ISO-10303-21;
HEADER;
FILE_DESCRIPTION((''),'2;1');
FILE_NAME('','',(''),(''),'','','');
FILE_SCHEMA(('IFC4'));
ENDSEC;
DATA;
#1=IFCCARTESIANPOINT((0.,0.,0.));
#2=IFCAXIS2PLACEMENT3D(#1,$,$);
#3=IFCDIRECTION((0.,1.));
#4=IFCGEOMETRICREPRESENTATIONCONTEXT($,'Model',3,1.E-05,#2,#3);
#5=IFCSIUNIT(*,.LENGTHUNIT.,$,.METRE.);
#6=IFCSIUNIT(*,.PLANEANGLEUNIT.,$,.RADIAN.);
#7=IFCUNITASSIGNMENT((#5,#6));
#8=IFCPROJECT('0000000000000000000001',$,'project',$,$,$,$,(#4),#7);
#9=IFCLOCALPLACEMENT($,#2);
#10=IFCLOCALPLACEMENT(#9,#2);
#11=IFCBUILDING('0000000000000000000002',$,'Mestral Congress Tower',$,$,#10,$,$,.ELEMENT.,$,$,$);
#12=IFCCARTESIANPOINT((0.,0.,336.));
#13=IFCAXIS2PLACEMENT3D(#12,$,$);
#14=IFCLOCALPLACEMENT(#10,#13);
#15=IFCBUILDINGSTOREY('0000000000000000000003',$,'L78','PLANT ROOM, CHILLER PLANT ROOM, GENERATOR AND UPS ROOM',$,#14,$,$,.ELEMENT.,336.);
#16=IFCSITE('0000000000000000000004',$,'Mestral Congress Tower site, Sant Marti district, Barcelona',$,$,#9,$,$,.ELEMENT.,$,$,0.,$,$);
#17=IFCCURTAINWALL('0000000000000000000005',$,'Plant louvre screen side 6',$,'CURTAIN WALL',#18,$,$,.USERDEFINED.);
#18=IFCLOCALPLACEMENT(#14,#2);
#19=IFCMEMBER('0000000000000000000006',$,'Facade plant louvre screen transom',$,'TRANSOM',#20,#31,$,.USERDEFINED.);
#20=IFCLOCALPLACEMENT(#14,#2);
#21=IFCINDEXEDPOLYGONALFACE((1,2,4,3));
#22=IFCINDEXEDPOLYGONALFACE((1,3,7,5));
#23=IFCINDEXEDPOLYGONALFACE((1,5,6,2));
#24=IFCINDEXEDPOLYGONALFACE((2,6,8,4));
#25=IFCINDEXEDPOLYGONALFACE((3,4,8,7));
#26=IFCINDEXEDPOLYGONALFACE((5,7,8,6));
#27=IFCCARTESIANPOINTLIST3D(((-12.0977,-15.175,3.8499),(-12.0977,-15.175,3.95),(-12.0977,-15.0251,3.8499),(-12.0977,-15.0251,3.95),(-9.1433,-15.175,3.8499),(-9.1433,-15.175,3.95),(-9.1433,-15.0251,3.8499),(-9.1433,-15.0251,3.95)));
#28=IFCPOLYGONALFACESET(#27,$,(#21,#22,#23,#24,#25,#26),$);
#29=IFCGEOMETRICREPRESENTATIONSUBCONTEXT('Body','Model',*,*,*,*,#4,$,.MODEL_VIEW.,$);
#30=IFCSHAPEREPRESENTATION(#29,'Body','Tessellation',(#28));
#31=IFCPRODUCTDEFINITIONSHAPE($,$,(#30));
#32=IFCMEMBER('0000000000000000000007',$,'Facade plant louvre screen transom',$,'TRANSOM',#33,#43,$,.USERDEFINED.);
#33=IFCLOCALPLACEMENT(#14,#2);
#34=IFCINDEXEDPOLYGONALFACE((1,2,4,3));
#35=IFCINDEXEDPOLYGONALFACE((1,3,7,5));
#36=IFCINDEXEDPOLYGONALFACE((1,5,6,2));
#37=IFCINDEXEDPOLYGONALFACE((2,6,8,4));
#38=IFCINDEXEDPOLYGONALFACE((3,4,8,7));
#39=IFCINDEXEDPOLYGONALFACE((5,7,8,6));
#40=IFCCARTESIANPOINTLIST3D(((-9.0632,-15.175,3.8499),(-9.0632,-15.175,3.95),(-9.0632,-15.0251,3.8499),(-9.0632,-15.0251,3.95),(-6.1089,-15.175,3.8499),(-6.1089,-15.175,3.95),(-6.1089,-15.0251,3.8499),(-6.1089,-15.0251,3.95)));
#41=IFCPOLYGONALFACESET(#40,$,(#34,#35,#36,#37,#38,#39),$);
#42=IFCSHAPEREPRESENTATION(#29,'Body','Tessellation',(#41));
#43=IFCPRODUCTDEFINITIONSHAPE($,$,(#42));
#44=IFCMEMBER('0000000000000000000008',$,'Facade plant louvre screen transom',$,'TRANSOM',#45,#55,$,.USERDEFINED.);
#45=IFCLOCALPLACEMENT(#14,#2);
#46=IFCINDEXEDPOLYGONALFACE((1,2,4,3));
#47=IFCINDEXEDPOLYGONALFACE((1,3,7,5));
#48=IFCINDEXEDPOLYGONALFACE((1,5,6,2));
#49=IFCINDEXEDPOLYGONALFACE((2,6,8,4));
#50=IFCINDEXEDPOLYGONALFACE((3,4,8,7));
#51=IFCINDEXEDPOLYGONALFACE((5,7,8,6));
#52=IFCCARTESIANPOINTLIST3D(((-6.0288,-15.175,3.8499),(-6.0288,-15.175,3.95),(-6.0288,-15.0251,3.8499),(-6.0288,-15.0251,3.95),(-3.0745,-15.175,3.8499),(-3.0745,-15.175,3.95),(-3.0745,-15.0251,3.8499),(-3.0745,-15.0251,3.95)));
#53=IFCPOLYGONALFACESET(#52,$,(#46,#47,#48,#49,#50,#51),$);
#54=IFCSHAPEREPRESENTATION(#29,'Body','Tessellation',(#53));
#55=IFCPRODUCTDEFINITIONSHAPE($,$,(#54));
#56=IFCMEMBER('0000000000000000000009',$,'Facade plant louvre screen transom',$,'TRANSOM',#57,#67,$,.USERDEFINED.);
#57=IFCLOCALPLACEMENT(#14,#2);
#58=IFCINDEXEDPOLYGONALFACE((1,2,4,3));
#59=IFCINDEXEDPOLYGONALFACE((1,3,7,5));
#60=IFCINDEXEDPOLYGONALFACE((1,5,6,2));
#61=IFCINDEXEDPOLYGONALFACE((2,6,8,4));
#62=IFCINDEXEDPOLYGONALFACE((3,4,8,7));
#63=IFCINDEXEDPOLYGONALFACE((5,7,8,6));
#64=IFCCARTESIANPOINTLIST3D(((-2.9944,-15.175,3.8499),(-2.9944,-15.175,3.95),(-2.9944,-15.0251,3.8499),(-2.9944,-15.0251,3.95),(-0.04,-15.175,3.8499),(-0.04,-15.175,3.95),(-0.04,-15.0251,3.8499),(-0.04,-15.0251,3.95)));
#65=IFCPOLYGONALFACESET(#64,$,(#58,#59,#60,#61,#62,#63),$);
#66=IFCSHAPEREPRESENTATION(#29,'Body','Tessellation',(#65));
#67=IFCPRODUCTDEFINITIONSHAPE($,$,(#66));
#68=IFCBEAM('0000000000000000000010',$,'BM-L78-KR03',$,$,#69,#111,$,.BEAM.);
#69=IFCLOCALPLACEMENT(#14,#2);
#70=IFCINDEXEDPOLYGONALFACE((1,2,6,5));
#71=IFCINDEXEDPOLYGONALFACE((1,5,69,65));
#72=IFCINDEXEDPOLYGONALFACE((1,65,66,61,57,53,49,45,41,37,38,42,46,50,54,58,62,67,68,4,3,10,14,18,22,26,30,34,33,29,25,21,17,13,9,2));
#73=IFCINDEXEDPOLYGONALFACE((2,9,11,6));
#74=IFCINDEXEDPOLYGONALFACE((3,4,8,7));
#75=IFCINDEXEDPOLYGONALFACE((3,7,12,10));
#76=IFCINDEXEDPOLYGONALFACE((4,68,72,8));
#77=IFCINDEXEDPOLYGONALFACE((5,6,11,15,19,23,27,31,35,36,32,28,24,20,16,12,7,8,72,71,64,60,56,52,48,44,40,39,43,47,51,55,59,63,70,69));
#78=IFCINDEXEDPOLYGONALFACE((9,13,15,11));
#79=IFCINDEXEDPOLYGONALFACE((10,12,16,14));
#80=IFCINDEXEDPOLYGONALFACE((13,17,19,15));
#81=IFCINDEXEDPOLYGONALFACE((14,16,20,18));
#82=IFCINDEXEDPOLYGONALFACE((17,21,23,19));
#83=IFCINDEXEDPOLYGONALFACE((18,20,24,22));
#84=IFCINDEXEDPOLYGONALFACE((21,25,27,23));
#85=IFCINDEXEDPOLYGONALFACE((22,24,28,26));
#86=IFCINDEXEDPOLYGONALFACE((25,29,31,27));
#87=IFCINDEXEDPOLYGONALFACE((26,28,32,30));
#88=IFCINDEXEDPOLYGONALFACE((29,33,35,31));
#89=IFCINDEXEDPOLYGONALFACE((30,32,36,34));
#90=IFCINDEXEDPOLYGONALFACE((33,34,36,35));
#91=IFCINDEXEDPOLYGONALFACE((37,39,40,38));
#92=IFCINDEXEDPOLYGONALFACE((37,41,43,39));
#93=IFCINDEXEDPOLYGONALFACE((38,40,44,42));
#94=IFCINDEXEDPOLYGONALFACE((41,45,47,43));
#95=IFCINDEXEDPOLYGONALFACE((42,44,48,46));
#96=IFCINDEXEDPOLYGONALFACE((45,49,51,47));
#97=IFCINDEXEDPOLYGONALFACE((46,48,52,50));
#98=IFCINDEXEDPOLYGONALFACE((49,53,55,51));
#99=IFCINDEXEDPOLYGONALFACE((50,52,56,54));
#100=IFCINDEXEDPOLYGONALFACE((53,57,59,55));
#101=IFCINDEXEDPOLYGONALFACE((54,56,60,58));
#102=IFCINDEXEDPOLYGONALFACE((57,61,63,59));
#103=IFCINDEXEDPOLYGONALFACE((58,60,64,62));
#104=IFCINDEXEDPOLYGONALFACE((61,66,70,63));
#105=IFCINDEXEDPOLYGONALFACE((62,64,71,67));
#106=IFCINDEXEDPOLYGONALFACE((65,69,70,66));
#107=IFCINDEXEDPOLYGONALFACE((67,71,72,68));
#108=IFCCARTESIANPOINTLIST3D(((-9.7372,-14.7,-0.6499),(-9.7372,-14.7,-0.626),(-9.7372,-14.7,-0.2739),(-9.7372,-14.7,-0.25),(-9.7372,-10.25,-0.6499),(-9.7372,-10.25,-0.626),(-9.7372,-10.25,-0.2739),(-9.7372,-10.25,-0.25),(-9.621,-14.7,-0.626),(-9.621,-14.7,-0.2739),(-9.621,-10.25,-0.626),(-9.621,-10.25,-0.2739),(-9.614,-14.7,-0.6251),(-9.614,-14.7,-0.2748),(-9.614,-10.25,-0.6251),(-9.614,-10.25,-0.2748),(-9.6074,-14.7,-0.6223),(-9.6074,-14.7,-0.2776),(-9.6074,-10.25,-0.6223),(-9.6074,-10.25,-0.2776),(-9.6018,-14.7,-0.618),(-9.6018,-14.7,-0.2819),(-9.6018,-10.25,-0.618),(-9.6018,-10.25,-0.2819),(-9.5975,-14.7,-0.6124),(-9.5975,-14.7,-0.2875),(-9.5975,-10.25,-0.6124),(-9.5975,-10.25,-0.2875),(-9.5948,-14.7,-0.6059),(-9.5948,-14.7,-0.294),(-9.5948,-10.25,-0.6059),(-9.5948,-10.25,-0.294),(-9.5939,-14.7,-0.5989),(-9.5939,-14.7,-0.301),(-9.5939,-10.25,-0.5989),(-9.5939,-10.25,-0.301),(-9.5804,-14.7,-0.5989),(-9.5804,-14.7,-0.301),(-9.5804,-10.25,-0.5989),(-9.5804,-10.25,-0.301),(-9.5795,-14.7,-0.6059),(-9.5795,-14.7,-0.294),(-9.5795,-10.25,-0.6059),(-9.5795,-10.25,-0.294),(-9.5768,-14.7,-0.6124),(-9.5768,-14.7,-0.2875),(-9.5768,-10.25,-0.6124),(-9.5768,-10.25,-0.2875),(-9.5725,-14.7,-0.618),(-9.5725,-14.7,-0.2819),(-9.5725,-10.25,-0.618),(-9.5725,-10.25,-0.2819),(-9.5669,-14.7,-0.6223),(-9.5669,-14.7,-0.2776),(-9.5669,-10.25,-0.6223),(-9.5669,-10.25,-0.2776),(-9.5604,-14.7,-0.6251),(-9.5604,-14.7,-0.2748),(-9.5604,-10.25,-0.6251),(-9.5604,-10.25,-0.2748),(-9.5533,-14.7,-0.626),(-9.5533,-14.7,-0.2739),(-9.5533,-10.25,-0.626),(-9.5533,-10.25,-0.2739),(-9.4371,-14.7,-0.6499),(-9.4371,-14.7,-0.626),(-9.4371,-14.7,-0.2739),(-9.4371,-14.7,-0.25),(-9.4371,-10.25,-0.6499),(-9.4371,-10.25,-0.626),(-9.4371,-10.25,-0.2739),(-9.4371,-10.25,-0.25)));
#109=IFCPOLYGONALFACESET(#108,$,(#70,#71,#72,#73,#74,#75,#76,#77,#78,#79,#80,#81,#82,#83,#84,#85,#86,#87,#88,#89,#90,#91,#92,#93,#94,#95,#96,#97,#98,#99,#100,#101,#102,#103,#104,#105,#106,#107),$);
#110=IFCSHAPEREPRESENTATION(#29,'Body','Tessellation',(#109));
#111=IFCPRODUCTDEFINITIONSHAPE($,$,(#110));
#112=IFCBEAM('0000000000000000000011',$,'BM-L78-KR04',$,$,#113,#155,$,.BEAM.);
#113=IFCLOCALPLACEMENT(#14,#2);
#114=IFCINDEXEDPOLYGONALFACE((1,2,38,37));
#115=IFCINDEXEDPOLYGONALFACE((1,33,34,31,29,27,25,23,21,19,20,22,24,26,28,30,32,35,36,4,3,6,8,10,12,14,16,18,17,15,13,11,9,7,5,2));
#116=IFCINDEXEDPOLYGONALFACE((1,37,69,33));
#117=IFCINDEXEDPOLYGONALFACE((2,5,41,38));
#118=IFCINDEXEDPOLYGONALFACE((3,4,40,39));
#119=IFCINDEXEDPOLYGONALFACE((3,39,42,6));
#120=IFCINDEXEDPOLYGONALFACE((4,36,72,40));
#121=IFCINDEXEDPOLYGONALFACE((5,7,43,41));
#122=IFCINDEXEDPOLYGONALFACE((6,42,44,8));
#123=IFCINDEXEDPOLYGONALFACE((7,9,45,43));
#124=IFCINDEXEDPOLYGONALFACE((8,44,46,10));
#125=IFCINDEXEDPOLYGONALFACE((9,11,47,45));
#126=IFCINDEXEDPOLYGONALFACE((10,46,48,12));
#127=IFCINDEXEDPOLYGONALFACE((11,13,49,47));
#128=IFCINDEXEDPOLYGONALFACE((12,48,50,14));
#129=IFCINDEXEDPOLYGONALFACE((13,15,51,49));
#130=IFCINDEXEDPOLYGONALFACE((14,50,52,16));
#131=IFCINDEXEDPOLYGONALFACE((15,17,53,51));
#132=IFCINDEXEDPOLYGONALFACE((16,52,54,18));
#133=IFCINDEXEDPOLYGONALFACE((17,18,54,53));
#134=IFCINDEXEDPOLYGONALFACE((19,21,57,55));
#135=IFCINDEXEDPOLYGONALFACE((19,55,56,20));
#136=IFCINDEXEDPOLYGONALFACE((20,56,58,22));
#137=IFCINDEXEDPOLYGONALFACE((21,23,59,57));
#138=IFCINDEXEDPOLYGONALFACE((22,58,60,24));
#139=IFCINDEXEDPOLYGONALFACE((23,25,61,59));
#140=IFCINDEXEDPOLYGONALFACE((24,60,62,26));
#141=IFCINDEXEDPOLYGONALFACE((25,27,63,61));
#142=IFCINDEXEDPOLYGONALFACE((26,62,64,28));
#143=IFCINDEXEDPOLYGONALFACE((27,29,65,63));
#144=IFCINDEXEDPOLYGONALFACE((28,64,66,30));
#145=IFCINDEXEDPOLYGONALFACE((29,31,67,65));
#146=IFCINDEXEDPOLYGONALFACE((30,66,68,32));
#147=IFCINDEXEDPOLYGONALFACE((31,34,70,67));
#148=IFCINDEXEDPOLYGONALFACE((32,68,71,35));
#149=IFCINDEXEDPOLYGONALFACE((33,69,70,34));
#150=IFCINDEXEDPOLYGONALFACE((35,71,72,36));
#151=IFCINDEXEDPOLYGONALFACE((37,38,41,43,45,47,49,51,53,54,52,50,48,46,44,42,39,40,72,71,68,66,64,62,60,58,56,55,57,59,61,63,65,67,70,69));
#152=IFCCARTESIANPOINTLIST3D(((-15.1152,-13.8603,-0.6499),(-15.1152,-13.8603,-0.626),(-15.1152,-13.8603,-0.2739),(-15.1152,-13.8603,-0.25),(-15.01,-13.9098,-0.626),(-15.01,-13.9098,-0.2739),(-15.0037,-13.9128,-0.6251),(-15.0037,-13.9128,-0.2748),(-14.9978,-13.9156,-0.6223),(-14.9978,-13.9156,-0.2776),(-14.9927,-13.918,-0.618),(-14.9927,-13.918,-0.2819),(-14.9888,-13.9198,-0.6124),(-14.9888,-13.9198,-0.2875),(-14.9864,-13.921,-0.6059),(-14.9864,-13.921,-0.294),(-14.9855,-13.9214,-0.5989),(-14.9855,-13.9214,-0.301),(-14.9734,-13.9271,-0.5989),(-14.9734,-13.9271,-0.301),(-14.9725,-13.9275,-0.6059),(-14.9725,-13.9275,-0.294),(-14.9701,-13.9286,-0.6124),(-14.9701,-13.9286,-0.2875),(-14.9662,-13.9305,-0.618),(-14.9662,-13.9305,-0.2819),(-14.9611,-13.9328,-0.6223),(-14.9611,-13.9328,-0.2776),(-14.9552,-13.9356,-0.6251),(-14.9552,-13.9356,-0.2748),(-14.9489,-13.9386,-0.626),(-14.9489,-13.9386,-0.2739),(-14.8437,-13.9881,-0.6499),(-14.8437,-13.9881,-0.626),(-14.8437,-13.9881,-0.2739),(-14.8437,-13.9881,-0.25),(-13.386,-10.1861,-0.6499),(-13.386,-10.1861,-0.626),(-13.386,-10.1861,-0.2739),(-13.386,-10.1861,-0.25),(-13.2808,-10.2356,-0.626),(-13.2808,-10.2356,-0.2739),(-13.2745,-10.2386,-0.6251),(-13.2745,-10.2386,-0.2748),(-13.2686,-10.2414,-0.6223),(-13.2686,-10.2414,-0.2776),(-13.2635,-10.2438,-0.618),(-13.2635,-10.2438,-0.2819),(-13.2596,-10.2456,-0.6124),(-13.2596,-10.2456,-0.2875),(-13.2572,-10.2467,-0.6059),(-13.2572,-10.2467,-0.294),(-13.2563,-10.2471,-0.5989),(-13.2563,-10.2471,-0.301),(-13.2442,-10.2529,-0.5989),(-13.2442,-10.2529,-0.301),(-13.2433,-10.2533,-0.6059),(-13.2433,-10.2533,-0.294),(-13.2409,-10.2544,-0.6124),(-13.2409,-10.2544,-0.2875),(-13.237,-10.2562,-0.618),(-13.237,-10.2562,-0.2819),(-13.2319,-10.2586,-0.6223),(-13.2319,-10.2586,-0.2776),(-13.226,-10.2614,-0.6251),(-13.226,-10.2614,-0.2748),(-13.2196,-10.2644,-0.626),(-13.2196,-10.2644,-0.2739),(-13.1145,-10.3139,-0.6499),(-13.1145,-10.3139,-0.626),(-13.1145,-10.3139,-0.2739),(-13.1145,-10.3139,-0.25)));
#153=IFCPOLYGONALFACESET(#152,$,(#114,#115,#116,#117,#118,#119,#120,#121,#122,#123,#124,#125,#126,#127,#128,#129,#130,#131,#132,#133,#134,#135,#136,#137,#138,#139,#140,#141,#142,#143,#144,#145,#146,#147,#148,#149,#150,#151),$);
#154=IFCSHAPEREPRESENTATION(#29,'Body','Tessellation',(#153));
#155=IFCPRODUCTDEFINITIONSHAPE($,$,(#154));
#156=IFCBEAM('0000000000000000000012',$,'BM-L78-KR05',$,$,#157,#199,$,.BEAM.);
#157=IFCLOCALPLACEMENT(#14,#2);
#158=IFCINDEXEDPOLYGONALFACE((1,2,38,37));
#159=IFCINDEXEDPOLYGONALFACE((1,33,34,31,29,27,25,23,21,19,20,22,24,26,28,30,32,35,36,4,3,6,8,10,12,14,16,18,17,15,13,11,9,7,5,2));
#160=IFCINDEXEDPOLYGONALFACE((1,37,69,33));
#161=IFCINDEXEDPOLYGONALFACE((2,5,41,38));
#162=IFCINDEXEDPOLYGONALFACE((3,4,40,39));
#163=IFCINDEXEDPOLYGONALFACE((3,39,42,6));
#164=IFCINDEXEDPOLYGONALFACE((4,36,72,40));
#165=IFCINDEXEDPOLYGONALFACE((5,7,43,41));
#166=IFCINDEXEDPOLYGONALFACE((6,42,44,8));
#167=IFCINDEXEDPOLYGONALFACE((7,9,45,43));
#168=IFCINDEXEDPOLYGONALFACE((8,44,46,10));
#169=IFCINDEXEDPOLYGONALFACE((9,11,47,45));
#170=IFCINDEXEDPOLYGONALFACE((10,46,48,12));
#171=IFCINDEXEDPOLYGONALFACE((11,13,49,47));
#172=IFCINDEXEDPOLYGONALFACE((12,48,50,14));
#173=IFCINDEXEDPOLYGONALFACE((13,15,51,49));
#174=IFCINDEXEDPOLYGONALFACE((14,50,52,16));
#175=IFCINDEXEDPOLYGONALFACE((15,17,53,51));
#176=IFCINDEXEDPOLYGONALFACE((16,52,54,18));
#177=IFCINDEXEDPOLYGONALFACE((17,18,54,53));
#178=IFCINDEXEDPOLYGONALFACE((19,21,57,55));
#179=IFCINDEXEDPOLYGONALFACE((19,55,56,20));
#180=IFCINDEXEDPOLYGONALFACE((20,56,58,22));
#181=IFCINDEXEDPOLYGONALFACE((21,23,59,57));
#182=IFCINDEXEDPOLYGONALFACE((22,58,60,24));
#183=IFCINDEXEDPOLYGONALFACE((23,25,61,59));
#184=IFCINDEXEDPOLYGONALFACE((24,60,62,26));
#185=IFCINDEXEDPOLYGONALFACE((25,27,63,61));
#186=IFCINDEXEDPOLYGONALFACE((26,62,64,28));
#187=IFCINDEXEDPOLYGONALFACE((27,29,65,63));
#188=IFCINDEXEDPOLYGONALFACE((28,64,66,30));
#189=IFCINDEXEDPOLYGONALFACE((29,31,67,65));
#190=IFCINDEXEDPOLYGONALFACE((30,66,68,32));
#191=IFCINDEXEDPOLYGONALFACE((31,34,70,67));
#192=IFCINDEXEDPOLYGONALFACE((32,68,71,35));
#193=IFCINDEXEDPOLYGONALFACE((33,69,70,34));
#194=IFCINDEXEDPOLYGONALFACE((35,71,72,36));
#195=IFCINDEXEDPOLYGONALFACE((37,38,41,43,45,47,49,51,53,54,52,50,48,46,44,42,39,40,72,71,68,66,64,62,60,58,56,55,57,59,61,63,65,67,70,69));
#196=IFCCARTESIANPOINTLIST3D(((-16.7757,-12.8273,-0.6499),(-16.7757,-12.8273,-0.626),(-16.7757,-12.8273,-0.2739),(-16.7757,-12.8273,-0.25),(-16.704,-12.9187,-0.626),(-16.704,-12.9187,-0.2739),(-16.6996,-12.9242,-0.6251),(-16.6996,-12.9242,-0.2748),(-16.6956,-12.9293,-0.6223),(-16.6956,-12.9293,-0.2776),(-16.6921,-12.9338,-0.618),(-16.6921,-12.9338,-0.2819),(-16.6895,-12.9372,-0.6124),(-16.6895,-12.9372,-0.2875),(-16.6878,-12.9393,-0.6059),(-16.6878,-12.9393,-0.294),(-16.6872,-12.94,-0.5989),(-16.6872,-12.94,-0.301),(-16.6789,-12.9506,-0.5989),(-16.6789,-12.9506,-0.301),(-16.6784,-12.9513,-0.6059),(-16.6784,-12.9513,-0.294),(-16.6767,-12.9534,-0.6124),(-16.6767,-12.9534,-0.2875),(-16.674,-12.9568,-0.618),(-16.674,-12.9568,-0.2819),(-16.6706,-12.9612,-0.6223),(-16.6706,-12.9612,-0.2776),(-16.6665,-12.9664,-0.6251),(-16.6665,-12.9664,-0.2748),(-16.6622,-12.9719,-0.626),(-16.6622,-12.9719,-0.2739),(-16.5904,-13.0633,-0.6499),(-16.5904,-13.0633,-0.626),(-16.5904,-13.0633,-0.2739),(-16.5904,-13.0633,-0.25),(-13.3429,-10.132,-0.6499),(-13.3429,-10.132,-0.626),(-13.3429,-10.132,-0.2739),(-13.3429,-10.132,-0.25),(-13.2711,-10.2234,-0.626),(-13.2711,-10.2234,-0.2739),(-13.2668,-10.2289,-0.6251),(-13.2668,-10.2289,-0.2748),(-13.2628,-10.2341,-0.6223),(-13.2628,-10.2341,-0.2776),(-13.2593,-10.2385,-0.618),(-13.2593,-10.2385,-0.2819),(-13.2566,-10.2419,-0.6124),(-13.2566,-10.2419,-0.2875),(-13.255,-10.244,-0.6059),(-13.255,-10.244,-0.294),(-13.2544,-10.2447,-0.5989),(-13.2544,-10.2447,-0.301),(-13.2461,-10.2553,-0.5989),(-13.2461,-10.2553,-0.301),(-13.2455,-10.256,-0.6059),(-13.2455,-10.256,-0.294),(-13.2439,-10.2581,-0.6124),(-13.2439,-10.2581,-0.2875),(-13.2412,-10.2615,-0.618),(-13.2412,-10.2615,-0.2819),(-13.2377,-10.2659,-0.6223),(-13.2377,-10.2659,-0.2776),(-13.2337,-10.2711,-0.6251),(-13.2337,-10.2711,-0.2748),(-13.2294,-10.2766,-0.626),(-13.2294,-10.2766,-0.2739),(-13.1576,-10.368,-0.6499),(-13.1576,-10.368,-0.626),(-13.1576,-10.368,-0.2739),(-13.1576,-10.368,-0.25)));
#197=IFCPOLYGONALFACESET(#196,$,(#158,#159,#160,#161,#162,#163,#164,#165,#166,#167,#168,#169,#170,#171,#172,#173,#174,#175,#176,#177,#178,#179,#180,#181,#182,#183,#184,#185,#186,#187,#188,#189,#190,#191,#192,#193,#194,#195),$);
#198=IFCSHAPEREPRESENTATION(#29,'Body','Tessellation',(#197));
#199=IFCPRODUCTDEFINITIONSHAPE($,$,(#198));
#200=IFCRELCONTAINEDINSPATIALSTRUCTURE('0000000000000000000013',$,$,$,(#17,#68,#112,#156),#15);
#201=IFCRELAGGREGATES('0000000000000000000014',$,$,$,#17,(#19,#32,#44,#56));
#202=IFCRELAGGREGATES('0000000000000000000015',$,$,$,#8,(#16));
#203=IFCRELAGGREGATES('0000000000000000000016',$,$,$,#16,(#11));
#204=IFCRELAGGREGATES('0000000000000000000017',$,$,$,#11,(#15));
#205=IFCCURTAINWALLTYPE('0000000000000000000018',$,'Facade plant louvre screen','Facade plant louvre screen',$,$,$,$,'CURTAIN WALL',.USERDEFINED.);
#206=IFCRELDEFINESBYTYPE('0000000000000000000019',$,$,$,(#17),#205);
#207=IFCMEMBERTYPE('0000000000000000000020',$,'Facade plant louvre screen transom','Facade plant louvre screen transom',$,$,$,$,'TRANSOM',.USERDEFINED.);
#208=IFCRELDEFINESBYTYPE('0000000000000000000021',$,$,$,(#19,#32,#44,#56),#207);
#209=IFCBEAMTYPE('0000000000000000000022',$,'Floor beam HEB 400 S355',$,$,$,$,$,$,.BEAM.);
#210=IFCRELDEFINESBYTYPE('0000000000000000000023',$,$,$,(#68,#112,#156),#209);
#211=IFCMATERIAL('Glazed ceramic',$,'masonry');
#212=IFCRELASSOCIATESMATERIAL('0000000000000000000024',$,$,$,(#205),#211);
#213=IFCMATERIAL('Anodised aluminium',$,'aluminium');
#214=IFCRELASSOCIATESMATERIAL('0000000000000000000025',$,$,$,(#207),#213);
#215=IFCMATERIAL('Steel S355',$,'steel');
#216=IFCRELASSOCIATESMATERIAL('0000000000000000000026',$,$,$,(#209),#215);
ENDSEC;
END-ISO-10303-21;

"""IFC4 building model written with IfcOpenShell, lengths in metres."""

from ifc_helpers import new_model, si_unit, direction, frame, origin, origin_2d, place, context, subcontext, project, spatial, rectangle, i_section, extrude, material, material_profile, profile_set, type_object, element, aggregate, save


model = new_model("IFC4")

# Units and contexts
model_context = context("Model", 3, precision=1e-05, world=origin(), true_north=direction((0.0, 1.0)))
body_context = subcontext(model_context, "Body", "Model", "MODEL_VIEW")
ifc_project = project(units=[si_unit("LENGTHUNIT", "METRE"), si_unit("PLANEANGLEUNIT", "RADIAN")], contexts=[model_context])

# Site, building, storey
site_placement = place(None, origin())
site = spatial("IfcSite", under=ifc_project, at=site_placement, Name="Mestral Congress Tower site, Sant Marti district, Barcelona", CompositionType="ELEMENT", RefElevation=0.0)
building_placement = place(site_placement, origin())
building = spatial("IfcBuilding", under=site, at=building_placement, Name="Mestral Congress Tower", CompositionType="ELEMENT")
storey_placement = place(building_placement, frame((0.0, 0.0, 336.0)))
storey = spatial("IfcBuildingStorey", under=building, at=storey_placement, Name="L78", Description="PLANT ROOM, CHILLER PLANT ROOM, GENERATOR AND UPS ROOM", CompositionType="ELEMENT", Elevation=336.0)

# Shared definitions
ifc_material_1 = material(Name="Steel S355", Category="steel")

# Shared definitions
ifc_material_2 = material(Name="Glazed ceramic", Category="masonry")
curtain_wall_type = type_object("IfcCurtainWallType", Name="Facade plant louvre screen", Description="Facade plant louvre screen", ElementType="CURTAIN WALL", PredefinedType="USERDEFINED", material=ifc_material_2)
placement = place(storey_placement, origin())
ifc_material_3 = material(Name="Anodised aluminium", Category="aluminium")

# Curtain wall, members
curtain_wall_1 = element("IfcCurtainWall", 1, at=placement, inside=storey, type_object=curtain_wall_type, Name="Plant louvre screen side 6", ObjectType="CURTAIN WALL", PredefinedType="USERDEFINED")
ifc_material_profile_1 = material_profile(ifc_material_3, rectangle(XDim=0.1499, YDim=0.1001, at=origin_2d()), Name="CW6 transom 150 x 100")
ifc_profile_set_1 = profile_set([ifc_material_profile_1], Name="Anodised aluminium")
member_type_1 = type_object("IfcMemberType", Name="Facade plant louvre screen transom", Description="Facade plant louvre screen transom", ElementType="TRANSOM", PredefinedType="USERDEFINED", material=ifc_profile_set_1)
member_1_placement = place(storey_placement, frame((-12.0977, -15.1001, 3.8999), z_axis=(1.0, 0.0, 0.0), x_axis=(0.0, 1.0, 0.0)))
member_1 = element("IfcMember", 2, at=member_1_placement, type_object=member_type_1, Name="Facade plant louvre screen transom", ObjectType="TRANSOM", PredefinedType="USERDEFINED", context=body_context, shape_type="SweptSolid", body=[
    extrude(rectangle(XDim=0.1499, YDim=0.1001, at=origin_2d()), origin(), (0.0, 0.0, 1.0), 2.9543),
])
member_2_placement = place(storey_placement, frame((-9.0632, -15.1001, 3.8999), z_axis=(1.0, 0.0, 0.0), x_axis=(0.0, 1.0, 0.0)))
member_2 = element("IfcMember", 3, at=member_2_placement, type_object=member_type_1, Name="Facade plant louvre screen transom", ObjectType="TRANSOM", PredefinedType="USERDEFINED", context=body_context, shape_type="SweptSolid", body=[
    extrude(rectangle(XDim=0.1499, YDim=0.1001, at=origin_2d()), origin(), (0.0, 0.0, 1.0), 2.9543),
])
member_3_placement = place(storey_placement, frame((-6.0288, -15.1001, 3.8999), z_axis=(1.0, 0.0, 0.0), x_axis=(0.0, 1.0, 0.0)))
member_3 = element("IfcMember", 4, at=member_3_placement, type_object=member_type_1, Name="Facade plant louvre screen transom", ObjectType="TRANSOM", PredefinedType="USERDEFINED", context=body_context, shape_type="SweptSolid", body=[
    extrude(rectangle(XDim=0.1499, YDim=0.1001, at=origin_2d()), origin(), (0.0, 0.0, 1.0), 2.9543),
])
member_4_placement = place(storey_placement, frame((-2.9944, -15.1001, 3.8999), z_axis=(1.0, 0.0, 0.0), x_axis=(0.0, 1.0, 0.0)))
member_4 = element("IfcMember", 5, at=member_4_placement, type_object=member_type_1, Name="Facade plant louvre screen transom", ObjectType="TRANSOM", PredefinedType="USERDEFINED", context=body_context, shape_type="SweptSolid", body=[
    extrude(rectangle(XDim=0.1499, YDim=0.1001, at=origin_2d()), origin(), (0.0, 0.0, 1.0), 2.9543),
])

# Beams
ifc_material_profile_2 = material_profile(ifc_material_1, i_section(OverallWidth=0.3, OverallDepth=0.3999, WebThickness=0.0134, FlangeThickness=0.0239, FilletRadius=0.0271, at=origin_2d()), Name="HEB 400")
ifc_profile_set_2 = profile_set([ifc_material_profile_2], Name="Steel S355")
beam_type_1 = type_object("IfcBeamType", Name="Floor beam HEB 400 S355", PredefinedType="BEAM", material=ifc_profile_set_2)
beam_1_placement = place(storey_placement, frame((-9.5872, -10.25, -0.45), z_axis=(0.0, -1.0, 0.0), x_axis=(1.0, 0.0, 0.0)))
element("IfcBeam", 6, at=beam_1_placement, inside=storey, type_object=beam_type_1, Name="BM-L78-KR03", PredefinedType="BEAM", context=body_context, shape_type="SweptSolid", body=[
    extrude(i_section(OverallWidth=0.3, OverallDepth=0.3999, WebThickness=0.0134, FlangeThickness=0.0239, FilletRadius=0.0271, at=origin_2d()), origin(), (0.0, 0.0, 1.0), 4.45),
])
beam_2_placement = place(storey_placement, frame((-13.2502, -10.25, -0.45), z_axis=(-0.425829, -0.904804, 0.0), x_axis=(0.904804, -0.425829, 0.0)))
element("IfcBeam", 7, at=beam_2_placement, inside=storey, type_object=beam_type_1, Name="BM-L78-KR04", PredefinedType="BEAM", context=body_context, shape_type="SweptSolid", body=[
    extrude(i_section(OverallWidth=0.3, OverallDepth=0.3999, WebThickness=0.0134, FlangeThickness=0.0239, FilletRadius=0.0271, at=origin_2d()), origin(), (0.0, 0.0, 1.0), 4.0608),
])
beam_3_placement = place(storey_placement, frame((-13.2502, -10.25, -0.45), z_axis=(-0.786534, -0.617547, 0.0), x_axis=(0.617547, -0.786534, 0.0)))
element("IfcBeam", 8, at=beam_3_placement, inside=storey, type_object=beam_type_1, Name="BM-L78-KR05", PredefinedType="BEAM", context=body_context, shape_type="SweptSolid", body=[
    extrude(i_section(OverallWidth=0.3, OverallDepth=0.3999, WebThickness=0.0134, FlangeThickness=0.0239, FilletRadius=0.0271, at=origin_2d()), origin(), (0.0, 0.0, 1.0), 4.3645),
])

aggregate(curtain_wall_1, [member_1, member_2, member_3, member_4])

save(model, "model.ifc")
